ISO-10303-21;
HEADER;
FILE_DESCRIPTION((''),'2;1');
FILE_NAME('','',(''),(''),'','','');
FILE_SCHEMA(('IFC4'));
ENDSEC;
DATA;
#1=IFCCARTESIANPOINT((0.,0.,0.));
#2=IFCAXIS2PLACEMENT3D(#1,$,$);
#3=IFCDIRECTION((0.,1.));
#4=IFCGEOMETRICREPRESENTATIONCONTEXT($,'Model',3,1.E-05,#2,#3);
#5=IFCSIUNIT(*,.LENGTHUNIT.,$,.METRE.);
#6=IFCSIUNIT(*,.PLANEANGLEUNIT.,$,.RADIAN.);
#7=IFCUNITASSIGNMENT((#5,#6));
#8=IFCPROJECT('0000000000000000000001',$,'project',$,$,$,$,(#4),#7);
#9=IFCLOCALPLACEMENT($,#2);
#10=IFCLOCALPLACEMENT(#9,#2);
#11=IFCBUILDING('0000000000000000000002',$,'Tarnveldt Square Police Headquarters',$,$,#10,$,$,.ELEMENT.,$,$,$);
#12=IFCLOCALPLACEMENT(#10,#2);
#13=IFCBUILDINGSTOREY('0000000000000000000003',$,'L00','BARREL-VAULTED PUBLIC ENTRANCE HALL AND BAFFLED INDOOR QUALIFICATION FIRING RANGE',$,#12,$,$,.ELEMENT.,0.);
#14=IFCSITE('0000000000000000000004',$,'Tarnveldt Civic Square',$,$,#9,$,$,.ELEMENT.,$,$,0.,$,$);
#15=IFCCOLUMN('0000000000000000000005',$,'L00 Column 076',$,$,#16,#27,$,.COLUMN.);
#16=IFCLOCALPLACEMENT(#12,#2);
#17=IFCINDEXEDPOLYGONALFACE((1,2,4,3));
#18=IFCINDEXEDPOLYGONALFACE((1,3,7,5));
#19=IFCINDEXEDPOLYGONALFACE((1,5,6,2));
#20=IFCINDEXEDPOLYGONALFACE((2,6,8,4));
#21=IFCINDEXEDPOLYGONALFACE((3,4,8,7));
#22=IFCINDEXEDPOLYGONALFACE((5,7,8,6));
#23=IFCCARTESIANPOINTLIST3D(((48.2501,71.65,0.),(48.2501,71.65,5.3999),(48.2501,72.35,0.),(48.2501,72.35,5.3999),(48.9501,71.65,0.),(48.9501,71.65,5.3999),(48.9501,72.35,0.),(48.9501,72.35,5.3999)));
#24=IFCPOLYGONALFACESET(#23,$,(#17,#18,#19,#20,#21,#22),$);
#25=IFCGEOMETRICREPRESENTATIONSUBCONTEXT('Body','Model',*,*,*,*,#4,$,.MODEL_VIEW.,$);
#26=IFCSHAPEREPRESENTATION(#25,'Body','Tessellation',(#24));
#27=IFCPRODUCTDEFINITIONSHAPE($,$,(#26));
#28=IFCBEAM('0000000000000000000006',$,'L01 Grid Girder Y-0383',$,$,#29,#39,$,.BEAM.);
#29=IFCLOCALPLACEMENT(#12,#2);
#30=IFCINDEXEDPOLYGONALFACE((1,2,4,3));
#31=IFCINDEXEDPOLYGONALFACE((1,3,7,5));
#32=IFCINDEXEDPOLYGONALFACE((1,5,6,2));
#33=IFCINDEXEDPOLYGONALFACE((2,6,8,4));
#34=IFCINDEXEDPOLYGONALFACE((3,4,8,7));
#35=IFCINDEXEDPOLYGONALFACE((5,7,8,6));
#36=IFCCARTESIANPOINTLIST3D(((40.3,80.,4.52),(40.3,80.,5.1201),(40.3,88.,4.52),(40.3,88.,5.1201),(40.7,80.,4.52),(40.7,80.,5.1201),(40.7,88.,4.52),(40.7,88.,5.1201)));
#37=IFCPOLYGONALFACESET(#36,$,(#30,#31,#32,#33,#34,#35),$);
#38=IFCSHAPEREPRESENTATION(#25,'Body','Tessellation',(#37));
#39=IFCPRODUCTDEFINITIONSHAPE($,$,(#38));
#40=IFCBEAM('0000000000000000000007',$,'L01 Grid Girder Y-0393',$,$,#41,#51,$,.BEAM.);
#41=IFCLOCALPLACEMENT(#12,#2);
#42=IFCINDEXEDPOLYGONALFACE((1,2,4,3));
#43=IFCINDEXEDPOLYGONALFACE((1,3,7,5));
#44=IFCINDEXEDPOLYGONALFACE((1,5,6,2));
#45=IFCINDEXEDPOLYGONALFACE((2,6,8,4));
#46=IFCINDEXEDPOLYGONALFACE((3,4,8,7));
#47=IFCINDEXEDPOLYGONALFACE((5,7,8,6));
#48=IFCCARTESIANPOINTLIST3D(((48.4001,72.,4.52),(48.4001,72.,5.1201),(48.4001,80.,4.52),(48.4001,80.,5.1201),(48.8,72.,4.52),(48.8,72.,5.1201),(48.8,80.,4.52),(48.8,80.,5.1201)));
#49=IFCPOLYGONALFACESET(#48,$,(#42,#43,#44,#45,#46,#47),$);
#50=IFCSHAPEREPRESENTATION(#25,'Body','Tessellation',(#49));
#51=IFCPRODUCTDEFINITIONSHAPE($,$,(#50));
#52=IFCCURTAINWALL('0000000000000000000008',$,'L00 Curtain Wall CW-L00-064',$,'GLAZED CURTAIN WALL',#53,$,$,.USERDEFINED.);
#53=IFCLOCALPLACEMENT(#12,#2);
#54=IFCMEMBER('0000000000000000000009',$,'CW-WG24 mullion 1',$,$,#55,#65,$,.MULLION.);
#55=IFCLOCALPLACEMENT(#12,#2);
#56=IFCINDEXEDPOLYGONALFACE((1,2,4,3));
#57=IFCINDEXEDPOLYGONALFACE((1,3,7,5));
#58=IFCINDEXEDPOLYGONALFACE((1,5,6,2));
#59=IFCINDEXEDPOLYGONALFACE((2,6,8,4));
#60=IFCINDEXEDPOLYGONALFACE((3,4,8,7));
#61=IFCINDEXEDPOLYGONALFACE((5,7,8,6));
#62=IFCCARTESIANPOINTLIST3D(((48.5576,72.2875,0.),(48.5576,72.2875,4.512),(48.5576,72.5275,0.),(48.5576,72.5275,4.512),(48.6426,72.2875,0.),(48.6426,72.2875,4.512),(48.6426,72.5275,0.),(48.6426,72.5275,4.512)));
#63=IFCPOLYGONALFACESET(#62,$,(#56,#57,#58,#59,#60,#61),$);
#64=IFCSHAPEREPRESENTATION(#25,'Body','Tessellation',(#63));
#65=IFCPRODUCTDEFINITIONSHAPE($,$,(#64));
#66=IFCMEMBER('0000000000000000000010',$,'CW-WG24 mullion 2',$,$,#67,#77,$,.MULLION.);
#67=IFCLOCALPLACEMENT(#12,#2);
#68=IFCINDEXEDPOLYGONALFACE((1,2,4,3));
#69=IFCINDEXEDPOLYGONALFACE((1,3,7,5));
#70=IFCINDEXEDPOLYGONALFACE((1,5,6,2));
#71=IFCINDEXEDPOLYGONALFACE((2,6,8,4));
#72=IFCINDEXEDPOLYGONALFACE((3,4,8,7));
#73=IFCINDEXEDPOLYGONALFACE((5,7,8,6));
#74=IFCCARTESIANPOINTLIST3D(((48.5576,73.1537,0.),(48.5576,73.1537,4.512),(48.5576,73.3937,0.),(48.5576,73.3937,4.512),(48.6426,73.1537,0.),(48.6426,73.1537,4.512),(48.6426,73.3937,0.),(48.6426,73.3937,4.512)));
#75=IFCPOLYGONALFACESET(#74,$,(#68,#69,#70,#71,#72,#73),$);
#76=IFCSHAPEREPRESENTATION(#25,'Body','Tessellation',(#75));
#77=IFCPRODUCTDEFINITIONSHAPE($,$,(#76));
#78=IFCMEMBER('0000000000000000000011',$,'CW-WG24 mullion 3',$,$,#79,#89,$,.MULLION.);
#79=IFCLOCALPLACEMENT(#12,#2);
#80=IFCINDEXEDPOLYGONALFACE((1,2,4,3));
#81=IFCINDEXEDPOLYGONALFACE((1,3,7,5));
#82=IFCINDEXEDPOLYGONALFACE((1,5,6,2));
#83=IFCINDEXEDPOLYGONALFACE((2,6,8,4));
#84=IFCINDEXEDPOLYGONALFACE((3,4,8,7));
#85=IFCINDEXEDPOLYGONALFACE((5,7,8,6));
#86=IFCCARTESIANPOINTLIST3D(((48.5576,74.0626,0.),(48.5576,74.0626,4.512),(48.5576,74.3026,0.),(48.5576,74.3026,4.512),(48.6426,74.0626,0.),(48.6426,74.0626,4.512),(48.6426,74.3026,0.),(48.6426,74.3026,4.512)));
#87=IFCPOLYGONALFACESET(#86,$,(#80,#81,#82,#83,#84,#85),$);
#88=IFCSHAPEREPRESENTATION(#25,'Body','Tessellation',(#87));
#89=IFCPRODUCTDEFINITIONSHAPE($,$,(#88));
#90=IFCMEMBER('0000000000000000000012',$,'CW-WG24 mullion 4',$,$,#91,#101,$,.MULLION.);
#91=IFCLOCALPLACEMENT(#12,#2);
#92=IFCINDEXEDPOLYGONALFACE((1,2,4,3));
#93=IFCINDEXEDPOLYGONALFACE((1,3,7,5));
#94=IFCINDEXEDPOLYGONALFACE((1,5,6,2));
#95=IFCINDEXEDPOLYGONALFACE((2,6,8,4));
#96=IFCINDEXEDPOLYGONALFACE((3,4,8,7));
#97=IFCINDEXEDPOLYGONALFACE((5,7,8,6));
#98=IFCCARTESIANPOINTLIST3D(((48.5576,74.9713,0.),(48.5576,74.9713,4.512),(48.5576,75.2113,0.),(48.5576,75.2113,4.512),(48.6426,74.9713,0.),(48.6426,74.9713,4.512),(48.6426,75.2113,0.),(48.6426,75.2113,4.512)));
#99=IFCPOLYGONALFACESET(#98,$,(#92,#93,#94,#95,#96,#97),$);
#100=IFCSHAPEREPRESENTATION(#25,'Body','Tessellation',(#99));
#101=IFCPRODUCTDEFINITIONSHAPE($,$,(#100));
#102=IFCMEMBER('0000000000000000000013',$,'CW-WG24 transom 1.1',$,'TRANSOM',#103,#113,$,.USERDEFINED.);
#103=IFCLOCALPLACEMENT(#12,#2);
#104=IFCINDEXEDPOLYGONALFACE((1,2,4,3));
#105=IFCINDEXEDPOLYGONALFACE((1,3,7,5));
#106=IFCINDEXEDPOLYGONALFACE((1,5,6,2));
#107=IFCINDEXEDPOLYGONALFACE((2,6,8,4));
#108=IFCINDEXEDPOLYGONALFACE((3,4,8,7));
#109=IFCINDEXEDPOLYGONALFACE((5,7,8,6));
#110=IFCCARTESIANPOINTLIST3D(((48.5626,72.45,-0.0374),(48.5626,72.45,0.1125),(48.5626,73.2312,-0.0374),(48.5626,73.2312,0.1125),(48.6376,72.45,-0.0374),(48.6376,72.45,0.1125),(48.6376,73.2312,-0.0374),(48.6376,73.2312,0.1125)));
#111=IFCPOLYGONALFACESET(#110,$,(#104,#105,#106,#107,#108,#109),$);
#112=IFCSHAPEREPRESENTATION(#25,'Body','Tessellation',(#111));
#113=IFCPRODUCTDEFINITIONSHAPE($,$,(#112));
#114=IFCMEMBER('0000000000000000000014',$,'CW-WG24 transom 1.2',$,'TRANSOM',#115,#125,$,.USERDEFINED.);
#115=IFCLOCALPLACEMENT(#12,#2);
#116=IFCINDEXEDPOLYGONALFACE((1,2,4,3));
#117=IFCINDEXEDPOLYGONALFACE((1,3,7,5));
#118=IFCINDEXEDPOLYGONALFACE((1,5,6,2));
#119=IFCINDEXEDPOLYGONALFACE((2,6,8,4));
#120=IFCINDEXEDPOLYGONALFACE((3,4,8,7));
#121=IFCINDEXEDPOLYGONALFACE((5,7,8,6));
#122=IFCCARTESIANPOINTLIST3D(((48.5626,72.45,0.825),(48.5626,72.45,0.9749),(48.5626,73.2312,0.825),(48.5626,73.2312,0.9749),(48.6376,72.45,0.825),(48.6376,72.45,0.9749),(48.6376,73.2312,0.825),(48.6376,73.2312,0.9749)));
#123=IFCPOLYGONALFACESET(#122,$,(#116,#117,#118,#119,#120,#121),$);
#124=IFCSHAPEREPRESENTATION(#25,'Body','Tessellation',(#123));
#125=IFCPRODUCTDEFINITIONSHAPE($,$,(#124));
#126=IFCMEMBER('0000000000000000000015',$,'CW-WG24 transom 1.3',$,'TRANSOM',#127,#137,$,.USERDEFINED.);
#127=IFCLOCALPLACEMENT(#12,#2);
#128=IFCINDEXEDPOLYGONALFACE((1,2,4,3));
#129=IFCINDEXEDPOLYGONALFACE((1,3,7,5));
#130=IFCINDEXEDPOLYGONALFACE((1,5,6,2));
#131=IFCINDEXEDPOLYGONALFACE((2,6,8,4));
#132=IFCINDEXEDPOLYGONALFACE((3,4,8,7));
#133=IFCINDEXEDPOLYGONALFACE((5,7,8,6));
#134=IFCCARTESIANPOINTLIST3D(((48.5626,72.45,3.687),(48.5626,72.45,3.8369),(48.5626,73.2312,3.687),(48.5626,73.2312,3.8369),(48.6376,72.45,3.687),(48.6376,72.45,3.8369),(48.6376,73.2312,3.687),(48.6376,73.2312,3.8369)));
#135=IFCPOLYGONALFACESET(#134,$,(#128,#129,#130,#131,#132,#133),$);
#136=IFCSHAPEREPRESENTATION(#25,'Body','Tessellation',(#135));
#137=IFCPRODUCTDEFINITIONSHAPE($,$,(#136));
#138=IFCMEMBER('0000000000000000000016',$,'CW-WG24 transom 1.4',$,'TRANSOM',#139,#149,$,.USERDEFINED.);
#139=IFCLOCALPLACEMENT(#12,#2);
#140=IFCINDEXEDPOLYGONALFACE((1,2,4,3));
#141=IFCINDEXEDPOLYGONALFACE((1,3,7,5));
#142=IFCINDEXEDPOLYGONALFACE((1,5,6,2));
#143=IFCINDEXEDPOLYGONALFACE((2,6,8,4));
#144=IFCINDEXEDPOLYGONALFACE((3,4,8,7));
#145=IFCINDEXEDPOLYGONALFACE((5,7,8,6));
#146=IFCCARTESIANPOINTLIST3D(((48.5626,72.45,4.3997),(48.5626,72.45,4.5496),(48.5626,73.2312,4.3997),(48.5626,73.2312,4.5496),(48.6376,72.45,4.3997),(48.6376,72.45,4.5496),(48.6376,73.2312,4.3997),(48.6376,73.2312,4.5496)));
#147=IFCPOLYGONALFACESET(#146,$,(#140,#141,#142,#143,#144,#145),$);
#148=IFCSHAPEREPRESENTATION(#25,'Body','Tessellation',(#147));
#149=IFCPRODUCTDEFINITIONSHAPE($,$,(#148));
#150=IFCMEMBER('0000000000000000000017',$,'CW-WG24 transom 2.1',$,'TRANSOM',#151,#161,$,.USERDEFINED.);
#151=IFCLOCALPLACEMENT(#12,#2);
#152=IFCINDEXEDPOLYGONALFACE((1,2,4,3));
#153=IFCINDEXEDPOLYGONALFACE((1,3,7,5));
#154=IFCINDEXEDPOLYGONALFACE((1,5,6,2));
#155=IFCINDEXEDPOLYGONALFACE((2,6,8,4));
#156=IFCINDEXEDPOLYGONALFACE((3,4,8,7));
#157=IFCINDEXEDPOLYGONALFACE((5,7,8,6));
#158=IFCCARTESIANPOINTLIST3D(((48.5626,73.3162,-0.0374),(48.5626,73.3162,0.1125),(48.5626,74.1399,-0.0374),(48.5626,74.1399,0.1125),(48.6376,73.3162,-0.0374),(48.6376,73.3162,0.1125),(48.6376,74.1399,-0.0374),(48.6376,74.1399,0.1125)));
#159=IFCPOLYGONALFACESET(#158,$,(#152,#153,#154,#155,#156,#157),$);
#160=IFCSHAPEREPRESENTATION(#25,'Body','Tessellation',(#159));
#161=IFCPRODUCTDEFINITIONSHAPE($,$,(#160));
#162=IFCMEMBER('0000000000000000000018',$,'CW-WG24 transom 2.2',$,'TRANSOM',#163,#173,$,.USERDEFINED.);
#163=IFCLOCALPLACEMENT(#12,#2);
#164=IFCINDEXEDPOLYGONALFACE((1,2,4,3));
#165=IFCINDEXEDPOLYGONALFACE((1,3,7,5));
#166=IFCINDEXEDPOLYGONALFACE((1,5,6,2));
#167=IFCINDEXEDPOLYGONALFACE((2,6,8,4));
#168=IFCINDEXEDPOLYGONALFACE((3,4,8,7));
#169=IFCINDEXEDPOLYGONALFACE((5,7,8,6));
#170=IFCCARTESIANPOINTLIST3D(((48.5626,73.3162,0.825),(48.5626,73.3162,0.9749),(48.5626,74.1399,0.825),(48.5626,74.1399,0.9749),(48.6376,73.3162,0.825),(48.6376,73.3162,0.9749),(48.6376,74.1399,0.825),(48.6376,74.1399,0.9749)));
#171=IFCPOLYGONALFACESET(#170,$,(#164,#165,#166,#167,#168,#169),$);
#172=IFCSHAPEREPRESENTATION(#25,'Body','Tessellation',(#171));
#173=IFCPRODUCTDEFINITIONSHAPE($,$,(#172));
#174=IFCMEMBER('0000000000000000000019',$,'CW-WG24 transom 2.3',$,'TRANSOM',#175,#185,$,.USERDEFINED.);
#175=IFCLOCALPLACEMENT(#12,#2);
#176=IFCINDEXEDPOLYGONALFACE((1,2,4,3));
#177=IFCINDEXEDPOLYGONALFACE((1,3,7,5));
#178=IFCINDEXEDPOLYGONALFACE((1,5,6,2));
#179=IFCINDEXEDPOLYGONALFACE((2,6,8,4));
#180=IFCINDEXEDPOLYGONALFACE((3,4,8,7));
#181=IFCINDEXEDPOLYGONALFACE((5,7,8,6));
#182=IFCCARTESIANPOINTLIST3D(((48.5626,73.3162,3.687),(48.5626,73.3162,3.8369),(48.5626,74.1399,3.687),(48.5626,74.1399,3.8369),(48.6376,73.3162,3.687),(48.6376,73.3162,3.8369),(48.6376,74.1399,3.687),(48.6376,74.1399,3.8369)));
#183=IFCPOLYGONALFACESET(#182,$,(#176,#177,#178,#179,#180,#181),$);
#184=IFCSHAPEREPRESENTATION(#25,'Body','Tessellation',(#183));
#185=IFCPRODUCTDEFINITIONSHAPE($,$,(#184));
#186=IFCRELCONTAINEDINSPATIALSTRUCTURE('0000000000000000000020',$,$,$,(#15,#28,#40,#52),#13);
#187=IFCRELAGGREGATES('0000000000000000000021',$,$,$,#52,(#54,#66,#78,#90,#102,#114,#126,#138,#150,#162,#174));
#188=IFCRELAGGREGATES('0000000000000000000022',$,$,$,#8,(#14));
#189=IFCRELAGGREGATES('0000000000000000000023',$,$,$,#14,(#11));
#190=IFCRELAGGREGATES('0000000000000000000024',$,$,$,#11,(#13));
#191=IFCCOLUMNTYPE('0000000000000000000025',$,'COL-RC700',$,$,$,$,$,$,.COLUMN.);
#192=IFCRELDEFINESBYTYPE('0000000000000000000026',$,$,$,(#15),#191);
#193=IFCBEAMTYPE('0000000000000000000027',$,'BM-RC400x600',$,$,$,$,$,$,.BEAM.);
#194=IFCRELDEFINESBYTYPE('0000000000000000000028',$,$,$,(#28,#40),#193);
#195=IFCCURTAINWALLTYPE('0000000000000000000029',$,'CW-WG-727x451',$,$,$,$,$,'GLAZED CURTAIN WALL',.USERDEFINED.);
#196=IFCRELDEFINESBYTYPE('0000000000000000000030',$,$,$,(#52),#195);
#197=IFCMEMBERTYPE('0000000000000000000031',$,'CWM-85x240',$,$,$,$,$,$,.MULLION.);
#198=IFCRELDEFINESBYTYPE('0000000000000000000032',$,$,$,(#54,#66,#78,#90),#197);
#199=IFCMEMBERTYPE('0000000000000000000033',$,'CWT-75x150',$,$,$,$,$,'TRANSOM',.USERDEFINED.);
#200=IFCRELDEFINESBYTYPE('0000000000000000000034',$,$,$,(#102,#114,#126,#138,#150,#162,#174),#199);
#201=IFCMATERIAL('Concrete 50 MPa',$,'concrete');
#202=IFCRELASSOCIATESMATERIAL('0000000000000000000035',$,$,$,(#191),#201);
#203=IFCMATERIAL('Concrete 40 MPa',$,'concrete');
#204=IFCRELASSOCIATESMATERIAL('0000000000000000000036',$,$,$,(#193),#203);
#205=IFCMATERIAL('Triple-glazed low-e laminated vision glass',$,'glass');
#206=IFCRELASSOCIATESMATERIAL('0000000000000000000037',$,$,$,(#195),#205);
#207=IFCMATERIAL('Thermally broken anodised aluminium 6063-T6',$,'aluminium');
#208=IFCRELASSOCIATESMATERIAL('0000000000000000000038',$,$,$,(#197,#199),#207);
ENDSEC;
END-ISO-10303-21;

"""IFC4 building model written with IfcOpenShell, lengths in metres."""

from ifc_helpers import new_model, si_unit, direction, frame, origin, origin_2d, place, context, subcontext, project, spatial, rectangle, extrude, material, material_profile, profile_set, type_object, element, aggregate, save


model = new_model("IFC4")

# Units and contexts
model_context = context("Model", 3, precision=1e-05, world=origin(), true_north=direction((0.0, 1.0)))
body_context = subcontext(model_context, "Body", "Model", "MODEL_VIEW")
ifc_project = project(units=[si_unit("LENGTHUNIT", "METRE"), si_unit("PLANEANGLEUNIT", "RADIAN")], contexts=[model_context])

# Site, building, storey
site_placement = place(None, origin())
site = spatial("IfcSite", under=ifc_project, at=site_placement, Name="Tarnveldt Civic Square", CompositionType="ELEMENT", RefElevation=0.0)
building_placement = place(site_placement, origin())
building = spatial("IfcBuilding", under=site, at=building_placement, Name="Tarnveldt Square Police Headquarters", CompositionType="ELEMENT")
storey_placement = place(building_placement, origin())
storey = spatial("IfcBuildingStorey", under=building, at=storey_placement, Name="L00", Description="BARREL-VAULTED PUBLIC ENTRANCE HALL AND BAFFLED INDOOR QUALIFICATION FIRING RANGE", CompositionType="ELEMENT", Elevation=0.0)

# Column
ifc_material_1 = material(Name="Concrete 50 MPa", Category="concrete")
ifc_material_profile_1 = material_profile(ifc_material_1, rectangle(XDim=0.7, YDim=0.7, at=origin_2d()), Name="RC-C700x700")
ifc_profile_set_1 = profile_set([ifc_material_profile_1], Name="Concrete 50 MPa")
column_type = type_object("IfcColumnType", Name="COL-RC700", PredefinedType="COLUMN", material=ifc_profile_set_1)
column_placement = place(storey_placement, frame((48.6001, 72.0, 0.0), z_axis=(0.0, 0.0, 1.0), x_axis=(1.0, 0.0, 0.0)))
element("IfcColumn", 1, at=column_placement, inside=storey, type_object=column_type, Name="L00 Column 076", PredefinedType="COLUMN", context=body_context, shape_type="SweptSolid", body=[
    extrude(rectangle(XDim=0.7, YDim=0.7, at=origin_2d()), origin(), (0.0, 0.0, 1.0), 5.3999),
])

# Beams
ifc_material_2 = material(Name="Concrete 40 MPa", Category="concrete")
ifc_material_profile_2 = material_profile(ifc_material_2, rectangle(XDim=0.3999, YDim=0.6001, at=origin_2d()), Name="RC-B400x600")
ifc_profile_set_2 = profile_set([ifc_material_profile_2], Name="Concrete 40 MPa")
beam_type = type_object("IfcBeamType", Name="BM-RC400x600", PredefinedType="BEAM", material=ifc_profile_set_2)
for number, where, z_axis, x_axis, name in (
    (2, (40.5, 80.0, 4.8201), (0.0, 1.0, 0.0), (-1.0, 0.0, 0.0), "L01 Grid Girder Y-0383"),
    (3, (48.6001, 72.0, 4.8201), (0.0, 1.0, 0.0), (-1.0, 0.0, 0.0), "L01 Grid Girder Y-0393"),
):
    element("IfcBeam", number, at=place(storey_placement, frame(where, z_axis=z_axis, x_axis=x_axis)), inside=storey, type_object=beam_type, Name=name, PredefinedType="BEAM", context=body_context, shape_type="SweptSolid", body=[
        extrude(rectangle(XDim=0.3999, YDim=0.6001, at=origin_2d()), origin(), (0.0, 0.0, 1.0), 8.0),
    ])

# Curtain wall, members
ifc_material_3 = material(Name="Triple-glazed low-e laminated vision glass", Category="glass")
curtain_wall_type = type_object("IfcCurtainWallType", Name="CW-WG-727x451", ElementType="GLAZED CURTAIN WALL", PredefinedType="USERDEFINED", material=ifc_material_3)
curtain_wall_placement = place(storey_placement, origin())
curtain_wall = element("IfcCurtainWall", 4, at=curtain_wall_placement, inside=storey, type_object=curtain_wall_type, Name="L00 Curtain Wall CW-L00-064", ObjectType="GLAZED CURTAIN WALL", PredefinedType="USERDEFINED")
ifc_material_4 = material(Name="Thermally broken anodised aluminium 6063-T6", Category="aluminium")
ifc_material_profile_3 = material_profile(ifc_material_4, rectangle(XDim=0.085, YDim=0.24, at=origin_2d()), Name="CW-M85x240")
ifc_profile_set_3 = profile_set([ifc_material_profile_3], Name="Thermally broken anodised aluminium 6063-T6")
member_type_1 = type_object("IfcMemberType", Name="CWM-85x240", PredefinedType="MULLION", material=ifc_profile_set_3)
member_1_placement = place(storey_placement, frame((48.6001, 72.4075, 0.0), z_axis=(0.0, 0.0, 1.0), x_axis=(-1.0, 0.0, 0.0)))
member_1 = element("IfcMember", 5, at=member_1_placement, type_object=member_type_1, Name="CW-WG24 mullion 1", PredefinedType="MULLION", context=body_context, shape_type="SweptSolid", body=[
    extrude(rectangle(XDim=0.085, YDim=0.24, at=origin_2d()), origin(), (0.0, 0.0, 1.0), 4.512),
])
member_2_placement = place(storey_placement, frame((48.6001, 73.2737, 0.0), z_axis=(0.0, 0.0, 1.0), x_axis=(-1.0, 0.0, 0.0)))
member_2 = element("IfcMember", 6, at=member_2_placement, type_object=member_type_1, Name="CW-WG24 mullion 2", PredefinedType="MULLION", context=body_context, shape_type="SweptSolid", body=[
    extrude(rectangle(XDim=0.085, YDim=0.24, at=origin_2d()), origin(), (0.0, 0.0, 1.0), 4.512),
])
member_3_placement = place(storey_placement, frame((48.6001, 74.1826, 0.0), z_axis=(0.0, 0.0, 1.0), x_axis=(-1.0, 0.0, 0.0)))
member_3 = element("IfcMember", 7, at=member_3_placement, type_object=member_type_1, Name="CW-WG24 mullion 3", PredefinedType="MULLION", context=body_context, shape_type="SweptSolid", body=[
    extrude(rectangle(XDim=0.085, YDim=0.24, at=origin_2d()), origin(), (0.0, 0.0, 1.0), 4.512),
])
member_4_placement = place(storey_placement, frame((48.6001, 75.0913, 0.0), z_axis=(0.0, 0.0, 1.0), x_axis=(-1.0, 0.0, 0.0)))
member_4 = element("IfcMember", 8, at=member_4_placement, type_object=member_type_1, Name="CW-WG24 mullion 4", PredefinedType="MULLION", context=body_context, shape_type="SweptSolid", body=[
    extrude(rectangle(XDim=0.085, YDim=0.24, at=origin_2d()), origin(), (0.0, 0.0, 1.0), 4.512),
])
ifc_material_profile_4 = material_profile(ifc_material_4, rectangle(XDim=0.075, YDim=0.1499, at=origin_2d()), Name="CW-T75x150")
ifc_profile_set_4 = profile_set([ifc_material_profile_4], Name="Thermally broken anodised aluminium 6063-T6")
member_type_2 = type_object("IfcMemberType", Name="CWT-75x150", ElementType="TRANSOM", PredefinedType="USERDEFINED", material=ifc_profile_set_4)
member_5_placement = place(storey_placement, frame((48.6001, 72.45, 0.0376), z_axis=(0.0, 1.0, 0.0), x_axis=(-1.0, 0.0, 0.0)))
member_5 = element("IfcMember", 9, at=member_5_placement, type_object=member_type_2, Name="CW-WG24 transom 1.1", ObjectType="TRANSOM", PredefinedType="USERDEFINED", context=body_context, shape_type="SweptSolid", body=[
    extrude(rectangle(XDim=0.075, YDim=0.1499, at=origin_2d()), origin(), (0.0, 0.0, 1.0), 0.7812),
])
member_6_placement = place(storey_placement, frame((48.6001, 72.45, 0.8999), z_axis=(0.0, 1.0, 0.0), x_axis=(-1.0, 0.0, 0.0)))
member_6 = element("IfcMember", 10, at=member_6_placement, type_object=member_type_2, Name="CW-WG24 transom 1.2", ObjectType="TRANSOM", PredefinedType="USERDEFINED", context=body_context, shape_type="SweptSolid", body=[
    extrude(rectangle(XDim=0.075, YDim=0.1499, at=origin_2d()), origin(), (0.0, 0.0, 1.0), 0.7812),
])
member_7_placement = place(storey_placement, frame((48.6001, 72.45, 3.762), z_axis=(0.0, 1.0, 0.0), x_axis=(-1.0, 0.0, 0.0)))
member_7 = element("IfcMember", 11, at=member_7_placement, type_object=member_type_2, Name="CW-WG24 transom 1.3", ObjectType="TRANSOM", PredefinedType="USERDEFINED", context=body_context, shape_type="SweptSolid", body=[
    extrude(rectangle(XDim=0.075, YDim=0.1499, at=origin_2d()), origin(), (0.0, 0.0, 1.0), 0.7812),
])
member_8_placement = place(storey_placement, frame((48.6001, 72.45, 4.4746), z_axis=(0.0, 1.0, 0.0), x_axis=(-1.0, 0.0, 0.0)))
member_8 = element("IfcMember", 12, at=member_8_placement, type_object=member_type_2, Name="CW-WG24 transom 1.4", ObjectType="TRANSOM", PredefinedType="USERDEFINED", context=body_context, shape_type="SweptSolid", body=[
    extrude(rectangle(XDim=0.075, YDim=0.1499, at=origin_2d()), origin(), (0.0, 0.0, 1.0), 0.7812),
])
member_9_placement = place(storey_placement, frame((48.6001, 73.3162, 0.0376), z_axis=(0.0, 1.0, 0.0), x_axis=(-1.0, 0.0, 0.0)))
member_9 = element("IfcMember", 13, at=member_9_placement, type_object=member_type_2, Name="CW-WG24 transom 2.1", ObjectType="TRANSOM", PredefinedType="USERDEFINED", context=body_context, shape_type="SweptSolid", body=[
    extrude(rectangle(XDim=0.075, YDim=0.1499, at=origin_2d()), origin(), (0.0, 0.0, 1.0), 0.8237),
])
member_10_placement = place(storey_placement, frame((48.6001, 73.3162, 0.8999), z_axis=(0.0, 1.0, 0.0), x_axis=(-1.0, 0.0, 0.0)))
member_10 = element("IfcMember", 14, at=member_10_placement, type_object=member_type_2, Name="CW-WG24 transom 2.2", ObjectType="TRANSOM", PredefinedType="USERDEFINED", context=body_context, shape_type="SweptSolid", body=[
    extrude(rectangle(XDim=0.075, YDim=0.1499, at=origin_2d()), origin(), (0.0, 0.0, 1.0), 0.8237),
])
member_11_placement = place(storey_placement, frame((48.6001, 73.3162, 3.762), z_axis=(0.0, 1.0, 0.0), x_axis=(-1.0, 0.0, 0.0)))
member_11 = element("IfcMember", 15, at=member_11_placement, type_object=member_type_2, Name="CW-WG24 transom 2.3", ObjectType="TRANSOM", PredefinedType="USERDEFINED", context=body_context, shape_type="SweptSolid", body=[
    extrude(rectangle(XDim=0.075, YDim=0.1499, at=origin_2d()), origin(), (0.0, 0.0, 1.0), 0.8237),
])
aggregate(curtain_wall, [member_1, member_2, member_3, member_4, member_5, member_6, member_7, member_8, member_9, member_10, member_11])

save(model, "model.ifc")
